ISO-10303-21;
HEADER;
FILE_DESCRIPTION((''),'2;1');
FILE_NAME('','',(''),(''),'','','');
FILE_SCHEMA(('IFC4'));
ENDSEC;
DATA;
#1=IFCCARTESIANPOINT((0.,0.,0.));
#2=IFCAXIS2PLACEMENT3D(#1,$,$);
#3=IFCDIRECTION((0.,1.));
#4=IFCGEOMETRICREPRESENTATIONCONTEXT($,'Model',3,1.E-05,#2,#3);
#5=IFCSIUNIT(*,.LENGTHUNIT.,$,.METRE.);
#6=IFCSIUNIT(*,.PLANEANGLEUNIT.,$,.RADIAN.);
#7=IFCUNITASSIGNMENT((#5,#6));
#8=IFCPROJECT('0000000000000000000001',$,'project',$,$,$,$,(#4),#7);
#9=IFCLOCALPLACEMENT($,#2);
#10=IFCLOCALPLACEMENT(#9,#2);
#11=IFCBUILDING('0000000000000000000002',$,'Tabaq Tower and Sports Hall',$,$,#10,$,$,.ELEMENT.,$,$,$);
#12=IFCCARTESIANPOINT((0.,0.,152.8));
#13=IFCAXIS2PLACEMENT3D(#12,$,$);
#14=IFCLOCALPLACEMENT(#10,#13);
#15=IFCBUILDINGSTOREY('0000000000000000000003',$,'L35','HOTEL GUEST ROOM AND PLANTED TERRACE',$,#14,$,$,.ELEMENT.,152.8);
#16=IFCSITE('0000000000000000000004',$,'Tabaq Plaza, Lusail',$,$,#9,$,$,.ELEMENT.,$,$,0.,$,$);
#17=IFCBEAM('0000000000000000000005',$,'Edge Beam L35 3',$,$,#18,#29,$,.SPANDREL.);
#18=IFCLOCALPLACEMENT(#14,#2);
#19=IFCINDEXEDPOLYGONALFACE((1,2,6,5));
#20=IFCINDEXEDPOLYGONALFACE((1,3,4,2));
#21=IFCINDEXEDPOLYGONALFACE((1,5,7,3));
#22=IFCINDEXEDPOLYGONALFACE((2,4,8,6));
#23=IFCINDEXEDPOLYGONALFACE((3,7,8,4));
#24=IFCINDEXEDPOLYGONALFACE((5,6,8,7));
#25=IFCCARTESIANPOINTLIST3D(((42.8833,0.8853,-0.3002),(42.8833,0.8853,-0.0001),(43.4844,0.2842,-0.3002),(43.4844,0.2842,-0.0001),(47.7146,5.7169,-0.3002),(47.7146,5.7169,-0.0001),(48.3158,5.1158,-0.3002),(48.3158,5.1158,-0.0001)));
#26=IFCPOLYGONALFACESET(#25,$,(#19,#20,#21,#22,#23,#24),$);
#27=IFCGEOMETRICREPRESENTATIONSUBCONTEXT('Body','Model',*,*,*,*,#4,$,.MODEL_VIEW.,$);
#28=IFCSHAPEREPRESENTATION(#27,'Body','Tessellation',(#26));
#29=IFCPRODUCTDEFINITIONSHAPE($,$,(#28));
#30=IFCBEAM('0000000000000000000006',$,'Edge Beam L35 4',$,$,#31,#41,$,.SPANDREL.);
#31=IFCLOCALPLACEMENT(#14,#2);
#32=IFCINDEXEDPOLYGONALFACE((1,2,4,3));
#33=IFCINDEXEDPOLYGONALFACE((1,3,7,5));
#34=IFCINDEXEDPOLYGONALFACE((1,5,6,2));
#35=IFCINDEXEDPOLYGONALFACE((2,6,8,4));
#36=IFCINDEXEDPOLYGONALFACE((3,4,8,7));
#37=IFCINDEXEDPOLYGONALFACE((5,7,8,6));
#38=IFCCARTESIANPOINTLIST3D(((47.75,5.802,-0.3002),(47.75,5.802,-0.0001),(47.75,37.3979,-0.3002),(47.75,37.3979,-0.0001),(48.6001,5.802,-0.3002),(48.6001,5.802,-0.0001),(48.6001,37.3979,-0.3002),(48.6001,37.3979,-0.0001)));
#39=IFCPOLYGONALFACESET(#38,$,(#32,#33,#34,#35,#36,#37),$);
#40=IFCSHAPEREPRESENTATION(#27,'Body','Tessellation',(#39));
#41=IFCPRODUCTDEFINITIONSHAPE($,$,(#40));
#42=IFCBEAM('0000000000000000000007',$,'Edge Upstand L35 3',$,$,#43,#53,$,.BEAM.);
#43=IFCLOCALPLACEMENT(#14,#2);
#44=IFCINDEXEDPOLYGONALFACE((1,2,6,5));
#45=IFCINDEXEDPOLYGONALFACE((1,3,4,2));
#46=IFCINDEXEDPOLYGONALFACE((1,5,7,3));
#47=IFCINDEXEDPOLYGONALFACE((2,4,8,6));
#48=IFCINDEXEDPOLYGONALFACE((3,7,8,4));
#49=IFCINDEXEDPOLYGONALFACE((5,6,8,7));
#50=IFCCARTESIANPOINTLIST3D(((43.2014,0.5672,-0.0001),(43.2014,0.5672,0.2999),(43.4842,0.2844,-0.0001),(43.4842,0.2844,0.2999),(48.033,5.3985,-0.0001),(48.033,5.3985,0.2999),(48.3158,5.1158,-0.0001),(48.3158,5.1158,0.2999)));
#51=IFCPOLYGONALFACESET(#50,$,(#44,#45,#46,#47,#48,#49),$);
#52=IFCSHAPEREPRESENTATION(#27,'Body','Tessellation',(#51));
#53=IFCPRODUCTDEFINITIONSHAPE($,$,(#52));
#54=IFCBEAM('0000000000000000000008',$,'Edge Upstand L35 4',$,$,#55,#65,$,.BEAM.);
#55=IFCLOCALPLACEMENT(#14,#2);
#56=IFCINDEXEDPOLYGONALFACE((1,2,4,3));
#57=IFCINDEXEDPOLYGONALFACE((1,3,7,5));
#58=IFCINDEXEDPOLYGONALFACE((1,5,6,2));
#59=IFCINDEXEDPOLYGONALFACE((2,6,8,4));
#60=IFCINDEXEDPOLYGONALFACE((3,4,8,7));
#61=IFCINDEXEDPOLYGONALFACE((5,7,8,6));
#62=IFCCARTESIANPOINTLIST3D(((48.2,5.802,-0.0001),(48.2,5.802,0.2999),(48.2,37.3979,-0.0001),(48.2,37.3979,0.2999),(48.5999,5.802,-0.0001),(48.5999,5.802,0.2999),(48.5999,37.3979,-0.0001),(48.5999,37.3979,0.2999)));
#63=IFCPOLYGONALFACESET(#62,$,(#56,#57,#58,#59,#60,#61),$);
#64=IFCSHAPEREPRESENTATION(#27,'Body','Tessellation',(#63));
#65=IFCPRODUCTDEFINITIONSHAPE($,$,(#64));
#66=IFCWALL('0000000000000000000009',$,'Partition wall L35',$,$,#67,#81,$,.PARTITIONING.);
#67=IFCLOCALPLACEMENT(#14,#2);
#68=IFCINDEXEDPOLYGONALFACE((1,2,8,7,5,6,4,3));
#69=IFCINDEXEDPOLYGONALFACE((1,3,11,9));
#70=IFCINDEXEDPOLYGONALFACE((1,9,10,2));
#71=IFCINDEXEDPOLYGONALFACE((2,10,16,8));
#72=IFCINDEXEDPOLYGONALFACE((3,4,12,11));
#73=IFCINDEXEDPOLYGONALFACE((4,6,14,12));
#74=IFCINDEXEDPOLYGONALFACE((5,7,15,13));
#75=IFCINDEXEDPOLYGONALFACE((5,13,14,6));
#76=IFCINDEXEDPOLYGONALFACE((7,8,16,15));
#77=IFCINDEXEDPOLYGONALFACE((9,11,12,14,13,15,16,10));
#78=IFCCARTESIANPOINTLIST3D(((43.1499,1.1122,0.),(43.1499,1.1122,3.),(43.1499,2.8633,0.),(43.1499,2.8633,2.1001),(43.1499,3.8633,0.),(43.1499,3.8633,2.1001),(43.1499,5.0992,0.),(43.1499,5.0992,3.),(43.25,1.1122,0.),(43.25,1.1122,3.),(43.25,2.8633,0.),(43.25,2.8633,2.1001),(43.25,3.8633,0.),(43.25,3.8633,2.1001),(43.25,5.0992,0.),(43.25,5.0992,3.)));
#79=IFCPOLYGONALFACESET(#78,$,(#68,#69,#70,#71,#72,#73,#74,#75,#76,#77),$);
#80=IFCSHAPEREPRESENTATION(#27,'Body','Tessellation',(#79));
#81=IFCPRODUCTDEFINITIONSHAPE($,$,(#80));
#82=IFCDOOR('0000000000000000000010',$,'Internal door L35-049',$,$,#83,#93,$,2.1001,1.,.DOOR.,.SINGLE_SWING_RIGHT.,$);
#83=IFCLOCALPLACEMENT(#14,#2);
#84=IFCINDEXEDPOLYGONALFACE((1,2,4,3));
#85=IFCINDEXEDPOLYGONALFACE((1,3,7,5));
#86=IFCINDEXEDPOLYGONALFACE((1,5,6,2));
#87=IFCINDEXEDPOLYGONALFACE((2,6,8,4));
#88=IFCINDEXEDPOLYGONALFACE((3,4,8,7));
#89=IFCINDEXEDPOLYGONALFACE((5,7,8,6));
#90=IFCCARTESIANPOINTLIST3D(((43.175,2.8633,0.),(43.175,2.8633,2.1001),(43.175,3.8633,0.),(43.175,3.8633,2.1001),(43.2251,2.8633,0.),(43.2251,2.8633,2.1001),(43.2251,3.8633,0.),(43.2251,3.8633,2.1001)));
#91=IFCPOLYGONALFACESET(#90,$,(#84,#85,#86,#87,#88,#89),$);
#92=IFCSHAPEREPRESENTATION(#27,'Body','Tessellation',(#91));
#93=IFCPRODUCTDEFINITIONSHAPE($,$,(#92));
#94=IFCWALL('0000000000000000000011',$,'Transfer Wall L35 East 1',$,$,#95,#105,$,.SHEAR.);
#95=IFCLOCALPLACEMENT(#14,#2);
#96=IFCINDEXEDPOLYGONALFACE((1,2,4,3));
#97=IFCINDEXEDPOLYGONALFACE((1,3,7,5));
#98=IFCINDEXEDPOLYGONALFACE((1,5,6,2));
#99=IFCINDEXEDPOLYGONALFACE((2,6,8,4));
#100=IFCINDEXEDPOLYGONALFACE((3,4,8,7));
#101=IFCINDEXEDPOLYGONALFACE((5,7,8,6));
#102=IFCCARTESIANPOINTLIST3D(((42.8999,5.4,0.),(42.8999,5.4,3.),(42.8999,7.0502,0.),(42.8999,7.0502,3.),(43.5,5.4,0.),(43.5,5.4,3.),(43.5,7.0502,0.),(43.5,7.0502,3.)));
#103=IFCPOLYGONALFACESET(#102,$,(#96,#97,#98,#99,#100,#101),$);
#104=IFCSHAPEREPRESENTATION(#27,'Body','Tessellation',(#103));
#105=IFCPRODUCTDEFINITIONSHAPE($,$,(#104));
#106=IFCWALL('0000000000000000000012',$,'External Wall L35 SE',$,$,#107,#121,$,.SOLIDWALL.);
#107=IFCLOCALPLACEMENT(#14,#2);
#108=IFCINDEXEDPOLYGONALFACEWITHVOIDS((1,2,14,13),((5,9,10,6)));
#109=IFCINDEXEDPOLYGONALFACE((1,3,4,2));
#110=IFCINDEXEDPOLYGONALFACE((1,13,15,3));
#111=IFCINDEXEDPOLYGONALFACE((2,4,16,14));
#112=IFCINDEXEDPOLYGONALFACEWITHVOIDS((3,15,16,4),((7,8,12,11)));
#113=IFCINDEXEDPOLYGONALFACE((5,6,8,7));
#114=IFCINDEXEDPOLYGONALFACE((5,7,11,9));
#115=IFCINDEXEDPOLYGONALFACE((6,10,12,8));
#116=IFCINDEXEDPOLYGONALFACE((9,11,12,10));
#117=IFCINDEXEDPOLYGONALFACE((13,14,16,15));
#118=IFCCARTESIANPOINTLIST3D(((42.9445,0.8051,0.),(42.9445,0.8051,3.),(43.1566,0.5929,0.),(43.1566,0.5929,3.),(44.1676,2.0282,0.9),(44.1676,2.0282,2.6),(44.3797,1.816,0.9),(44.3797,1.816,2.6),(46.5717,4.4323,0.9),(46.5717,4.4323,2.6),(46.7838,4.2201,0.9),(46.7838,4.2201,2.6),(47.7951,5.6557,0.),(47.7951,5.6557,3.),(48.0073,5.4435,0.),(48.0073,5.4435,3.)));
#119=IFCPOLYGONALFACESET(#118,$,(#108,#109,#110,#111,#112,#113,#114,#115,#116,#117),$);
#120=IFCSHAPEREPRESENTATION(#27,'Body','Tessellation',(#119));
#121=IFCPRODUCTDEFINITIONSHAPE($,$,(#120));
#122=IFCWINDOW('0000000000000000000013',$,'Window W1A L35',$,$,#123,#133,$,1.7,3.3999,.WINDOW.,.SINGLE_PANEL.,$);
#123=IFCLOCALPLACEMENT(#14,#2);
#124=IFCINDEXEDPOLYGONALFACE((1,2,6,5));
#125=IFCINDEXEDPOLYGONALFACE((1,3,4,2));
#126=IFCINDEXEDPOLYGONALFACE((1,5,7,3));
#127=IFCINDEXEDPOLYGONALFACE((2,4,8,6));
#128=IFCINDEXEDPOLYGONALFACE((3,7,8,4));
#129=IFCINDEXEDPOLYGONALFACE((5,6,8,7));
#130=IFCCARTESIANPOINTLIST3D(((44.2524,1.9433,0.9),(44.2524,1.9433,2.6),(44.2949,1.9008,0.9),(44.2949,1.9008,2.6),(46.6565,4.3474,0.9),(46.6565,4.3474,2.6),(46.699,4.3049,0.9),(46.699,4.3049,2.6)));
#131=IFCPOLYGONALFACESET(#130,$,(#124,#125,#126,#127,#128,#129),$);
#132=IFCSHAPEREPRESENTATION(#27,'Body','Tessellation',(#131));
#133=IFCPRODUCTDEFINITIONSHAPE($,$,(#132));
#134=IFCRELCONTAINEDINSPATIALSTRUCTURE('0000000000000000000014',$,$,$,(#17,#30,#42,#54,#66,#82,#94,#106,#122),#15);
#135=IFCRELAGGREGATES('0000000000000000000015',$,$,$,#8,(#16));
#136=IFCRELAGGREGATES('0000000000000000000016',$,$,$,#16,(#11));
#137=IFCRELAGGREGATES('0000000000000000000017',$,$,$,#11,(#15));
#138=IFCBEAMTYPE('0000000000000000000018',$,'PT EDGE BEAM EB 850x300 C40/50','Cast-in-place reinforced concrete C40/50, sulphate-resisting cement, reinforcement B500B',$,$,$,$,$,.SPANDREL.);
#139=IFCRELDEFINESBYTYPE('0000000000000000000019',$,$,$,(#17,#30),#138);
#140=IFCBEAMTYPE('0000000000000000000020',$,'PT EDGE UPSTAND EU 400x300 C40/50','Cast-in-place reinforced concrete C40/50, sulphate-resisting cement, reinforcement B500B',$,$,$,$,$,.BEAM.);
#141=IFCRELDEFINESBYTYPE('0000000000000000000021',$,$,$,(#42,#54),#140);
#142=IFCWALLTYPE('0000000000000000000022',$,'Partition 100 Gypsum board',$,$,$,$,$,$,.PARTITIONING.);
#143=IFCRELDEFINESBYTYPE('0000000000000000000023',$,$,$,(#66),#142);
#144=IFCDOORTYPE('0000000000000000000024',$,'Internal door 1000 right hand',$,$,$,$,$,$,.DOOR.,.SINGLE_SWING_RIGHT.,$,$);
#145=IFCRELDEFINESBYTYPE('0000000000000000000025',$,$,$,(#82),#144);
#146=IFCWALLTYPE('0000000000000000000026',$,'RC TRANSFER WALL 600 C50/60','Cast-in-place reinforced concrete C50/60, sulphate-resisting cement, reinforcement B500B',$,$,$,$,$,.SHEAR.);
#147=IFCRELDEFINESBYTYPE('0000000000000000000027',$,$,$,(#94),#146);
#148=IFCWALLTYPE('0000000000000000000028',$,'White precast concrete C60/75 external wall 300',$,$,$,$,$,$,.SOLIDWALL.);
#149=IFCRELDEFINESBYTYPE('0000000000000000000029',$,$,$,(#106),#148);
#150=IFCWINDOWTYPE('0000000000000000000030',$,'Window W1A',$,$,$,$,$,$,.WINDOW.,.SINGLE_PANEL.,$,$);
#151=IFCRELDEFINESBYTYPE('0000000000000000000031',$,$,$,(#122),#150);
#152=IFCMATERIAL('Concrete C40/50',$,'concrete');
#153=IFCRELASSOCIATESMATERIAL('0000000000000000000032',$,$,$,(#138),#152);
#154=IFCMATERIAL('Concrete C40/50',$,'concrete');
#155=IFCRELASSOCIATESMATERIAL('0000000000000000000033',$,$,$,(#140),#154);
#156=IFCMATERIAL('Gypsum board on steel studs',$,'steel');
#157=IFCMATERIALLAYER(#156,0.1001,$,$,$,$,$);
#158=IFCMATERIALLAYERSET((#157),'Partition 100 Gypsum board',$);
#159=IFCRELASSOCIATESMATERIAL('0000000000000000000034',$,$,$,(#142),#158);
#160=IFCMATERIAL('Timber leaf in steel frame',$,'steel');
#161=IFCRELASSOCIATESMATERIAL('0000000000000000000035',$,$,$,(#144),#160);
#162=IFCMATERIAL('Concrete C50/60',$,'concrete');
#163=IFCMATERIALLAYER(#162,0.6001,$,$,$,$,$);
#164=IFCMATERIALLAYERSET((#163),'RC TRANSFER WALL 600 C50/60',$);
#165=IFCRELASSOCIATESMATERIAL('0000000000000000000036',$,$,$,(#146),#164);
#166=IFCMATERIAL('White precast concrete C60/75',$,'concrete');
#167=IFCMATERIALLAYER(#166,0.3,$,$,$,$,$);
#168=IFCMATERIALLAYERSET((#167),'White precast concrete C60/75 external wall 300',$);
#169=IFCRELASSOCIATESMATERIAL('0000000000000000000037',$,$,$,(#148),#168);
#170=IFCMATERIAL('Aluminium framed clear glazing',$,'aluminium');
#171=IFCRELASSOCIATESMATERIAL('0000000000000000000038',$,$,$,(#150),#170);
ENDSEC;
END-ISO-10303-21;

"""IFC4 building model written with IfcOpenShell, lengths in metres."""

from ifc_helpers import new_model, si_unit, direction, frame, frame_2d, origin, origin_2d, place, context, subcontext, project, spatial, rectangle, extrude, material, layer, layer_set, material_profile, profile_set, type_object, element, fill, save


model = new_model("IFC4")

# Units and contexts
model_context = context("Model", 3, precision=1e-05, world=origin(), true_north=direction((0.0, 1.0)))
body_context = subcontext(model_context, "Body", "Model", "MODEL_VIEW")
ifc_project = project(units=[si_unit("LENGTHUNIT", "METRE"), si_unit("PLANEANGLEUNIT", "RADIAN")], contexts=[model_context])

# Site, building, storey
site_placement = place(None, origin())
site = spatial("IfcSite", under=ifc_project, at=site_placement, Name="Tabaq Plaza, Lusail", CompositionType="ELEMENT", RefElevation=0.0)
building_placement = place(site_placement, origin())
building = spatial("IfcBuilding", under=site, at=building_placement, Name="Tabaq Tower and Sports Hall", CompositionType="ELEMENT")
storey_placement = place(building_placement, frame((0.0, 0.0, 152.8)))
storey = spatial("IfcBuildingStorey", under=building, at=storey_placement, Name="L35", Description="HOTEL GUEST ROOM AND PLANTED TERRACE", CompositionType="ELEMENT", Elevation=152.8)

# Beams
ifc_material_1 = material(Name="Concrete C40/50", Category="concrete")
ifc_material_profile_1 = material_profile(ifc_material_1, rectangle(XDim=0.8501, YDim=0.3, at=origin_2d()), Name="EB 850x300")
ifc_profile_set_1 = profile_set([ifc_material_profile_1], Name="Concrete C40/50")
beam_type_1 = type_object("IfcBeamType", Name="PT EDGE BEAM EB 850x300 C40/50", Description="Cast-in-place reinforced concrete C40/50, sulphate-resisting cement, reinforcement B500B", PredefinedType="SPANDREL", material=ifc_profile_set_1)
beam_1_placement = place(storey_placement, frame((43.1838, 0.5847, -0.1501), z_axis=(0.707089, 0.707125, 0.0), x_axis=(-0.707125, 0.707089, 0.0)))
element("IfcBeam", 1, at=beam_1_placement, inside=storey, type_object=beam_type_1, Name="Edge Beam L35 3", PredefinedType="SPANDREL", context=body_context, shape_type="SweptSolid", body=[
    extrude(rectangle(XDim=0.8501, YDim=0.3, at=origin_2d()), origin(), (0.0, 0.0, 1.0), 6.8328),
])
beam_2_placement = place(storey_placement, frame((48.175, 5.802, -0.1501), z_axis=(0.0, 1.0, 0.0), x_axis=(-1.0, 0.0, 0.0)))
element("IfcBeam", 2, at=beam_2_placement, inside=storey, type_object=beam_type_1, Name="Edge Beam L35 4", PredefinedType="SPANDREL", context=body_context, shape_type="SweptSolid", body=[
    extrude(rectangle(XDim=0.8501, YDim=0.3, at=origin_2d()), origin(), (0.0, 0.0, 1.0), 31.5959),
])
ifc_material_2 = material(Name="Concrete C40/50", Category="concrete")
ifc_material_profile_2 = material_profile(ifc_material_2, rectangle(XDim=0.3999, YDim=0.3, at=origin_2d()), Name="EU 400x300")
ifc_profile_set_2 = profile_set([ifc_material_profile_2], Name="Concrete C40/50")
beam_type_2 = type_object("IfcBeamType", Name="PT EDGE UPSTAND EU 400x300 C40/50", Description="Cast-in-place reinforced concrete C40/50, sulphate-resisting cement, reinforcement B500B", PredefinedType="BEAM", material=ifc_profile_set_2)
beam_3_placement = place(storey_placement, frame((43.3428, 0.4258, 0.1499), z_axis=(0.707125, 0.707089, 0.0), x_axis=(-0.707089, 0.707125, 0.0)))
element("IfcBeam", 3, at=beam_3_placement, inside=storey, type_object=beam_type_2, Name="Edge Upstand L35 3", PredefinedType="BEAM", context=body_context, shape_type="SweptSolid", body=[
    extrude(rectangle(XDim=0.3999, YDim=0.3, at=origin_2d()), origin(), (0.0, 0.0, 1.0), 6.8328),
])
beam_4_placement = place(storey_placement, frame((48.3999, 5.802, 0.1499), z_axis=(0.0, 1.0, 0.0), x_axis=(-1.0, 0.0, 0.0)))
element("IfcBeam", 4, at=beam_4_placement, inside=storey, type_object=beam_type_2, Name="Edge Upstand L35 4", PredefinedType="BEAM", context=body_context, shape_type="SweptSolid", body=[
    extrude(rectangle(XDim=0.3999, YDim=0.3, at=origin_2d()), origin(), (0.0, 0.0, 1.0), 31.5959),
])

# Wall, opening, door
ifc_material_3 = material(Name="Gypsum board on steel studs", Category="steel")
ifc_layer_1 = layer(ifc_material_3, 0.1001)
ifc_layer_set_1 = layer_set([ifc_layer_1], Name="Partition 100 Gypsum board")
wall_type_1 = type_object("IfcWallType", Name="Partition 100 Gypsum board", PredefinedType="PARTITIONING", material=ifc_layer_set_1)
wall_1_placement = place(storey_placement, frame((43.2, 1.1121, 0.0), z_axis=(0.0, 0.0, 1.0), x_axis=(0.0, 1.0, 0.0)))
wall_1 = element("IfcWall", 5, at=wall_1_placement, inside=storey, type_object=wall_type_1, Name="Partition wall L35", PredefinedType="PARTITIONING", context=body_context, shape_type="SweptSolid", body=[
    extrude(rectangle(XDim=3.9871, YDim=0.1001, at=frame_2d((1.9937, 0.0))), origin(), (0.0, 0.0, 1.0), 3.0),
])
opening_1_placement = place(wall_1_placement, frame((1.7512, 0.0, 0.0)))
opening_1 = element("IfcOpeningElement", 6, at=opening_1_placement, cuts=wall_1, PredefinedType="OPENING", context=body_context, shape_type="SweptSolid", body=[
    extrude(rectangle(XDim=1.0, YDim=2.1001, at=frame_2d((0.5, 1.05))), frame((0.0, 0.05, 0.0), z_axis=(0.0, -1.0, 0.0), x_axis=(1.0, 0.0, 0.0)), (0.0, 0.0, 1.0), 0.1001),
])
ifc_material_4 = material(Name="Timber leaf in steel frame", Category="steel")
door_type = type_object("IfcDoorType", Name="Internal door 1000 right hand", OperationType="SINGLE_SWING_RIGHT", PredefinedType="DOOR", material=ifc_material_4)
door_placement = place(opening_1_placement, origin())
door = element("IfcDoor", 7, at=door_placement, inside=storey, type_object=door_type, Name="Internal door L35-049", OperationType="SINGLE_SWING_RIGHT", OverallHeight=2.1001, OverallWidth=1.0, PredefinedType="DOOR", context=body_context, shape_type="SweptSolid", body=[
    extrude(rectangle(XDim=1.0, YDim=2.1001, at=frame_2d((0.5, 1.05))), frame((0.0, 0.0249, 0.0), z_axis=(0.0, -1.0, 0.0), x_axis=(1.0, 0.0, 0.0)), (0.0, 0.0, 1.0), 0.05),
])
fill(opening_1, door)

# Wall
ifc_material_5 = material(Name="Concrete C50/60", Category="concrete")
ifc_layer_2 = layer(ifc_material_5, 0.6001)
ifc_layer_set_2 = layer_set([ifc_layer_2], Name="RC TRANSFER WALL 600 C50/60")
wall_type_2 = type_object("IfcWallType", Name="RC TRANSFER WALL 600 C50/60", Description="Cast-in-place reinforced concrete C50/60, sulphate-resisting cement, reinforcement B500B", PredefinedType="SHEAR", material=ifc_layer_set_2)
wall_2_placement = place(storey_placement, frame((43.2, 5.3999, 0.0), z_axis=(0.0, 0.0, 1.0), x_axis=(0.0, 1.0, 0.0)))
element("IfcWall", 8, at=wall_2_placement, inside=storey, type_object=wall_type_2, Name="Transfer Wall L35 East 1", PredefinedType="SHEAR", context=body_context, shape_type="SweptSolid", body=[
    extrude(rectangle(XDim=1.6501, YDim=0.6001, at=frame_2d((0.8252, 0.0))), origin(), (0.0, 0.0, 1.0), 3.0),
])

# Wall, opening, window
ifc_material_6 = material(Name="White precast concrete C60/75", Category="concrete")
ifc_layer_3 = layer(ifc_material_6, 0.3)
ifc_layer_set_3 = layer_set([ifc_layer_3], Name="White precast concrete C60/75 external wall 300")
wall_type_3 = type_object("IfcWallType", Name="White precast concrete C60/75 external wall 300", PredefinedType="SOLIDWALL", material=ifc_layer_set_3)
wall_3_placement = place(storey_placement, frame((43.0505, 0.699, 0.0), z_axis=(0.0, 0.0, 1.0), x_axis=(0.707107, 0.707107, 0.0)))
wall_3 = element("IfcWall", 9, at=wall_3_placement, inside=storey, type_object=wall_type_3, Name="External Wall L35 SE", PredefinedType="SOLIDWALL", context=body_context, shape_type="SweptSolid", body=[
    extrude(rectangle(XDim=6.8599, YDim=0.3, at=frame_2d((3.4299, 0.0))), origin(), (0.0, 0.0, 1.0), 3.0),
])
opening_2_placement = place(wall_3_placement, frame((1.7297, 0.0, 0.8999)))
opening_2 = element("IfcOpeningElement", 10, at=opening_2_placement, cuts=wall_3, PredefinedType="OPENING", context=body_context, shape_type="SweptSolid", body=[
    extrude(rectangle(XDim=3.3999, YDim=1.7, at=frame_2d((1.7, 0.8501))), frame((0.0, 0.1602, 0.0), z_axis=(0.0, -1.0, 0.0), x_axis=(1.0, 0.0, 0.0)), (0.0, 0.0, 1.0), 0.3201),
])
ifc_material_7 = material(Name="Aluminium framed clear glazing", Category="aluminium")
window_type_1 = type_object("IfcWindowType", Name="Window W1A", PartitioningType="SINGLE_PANEL", PredefinedType="WINDOW", material=ifc_material_7)
window_1_placement = place(opening_2_placement, origin())
window_1 = element("IfcWindow", 11, at=window_1_placement, inside=storey, type_object=window_type_1, Name="Window W1A L35", OverallHeight=1.7, OverallWidth=3.3999, PartitioningType="SINGLE_PANEL", PredefinedType="WINDOW", context=body_context, shape_type="SweptSolid", body=[
    extrude(rectangle(XDim=3.3999, YDim=1.7, at=frame_2d((1.7, 0.8501))), frame((0.0, 0.03, 0.0), z_axis=(0.0, -1.0, 0.0), x_axis=(1.0, 0.0, 0.0)), (0.0, 0.0, 1.0), 0.0601),
])
fill(opening_2, window_1)

save(model, "model.ifc")
